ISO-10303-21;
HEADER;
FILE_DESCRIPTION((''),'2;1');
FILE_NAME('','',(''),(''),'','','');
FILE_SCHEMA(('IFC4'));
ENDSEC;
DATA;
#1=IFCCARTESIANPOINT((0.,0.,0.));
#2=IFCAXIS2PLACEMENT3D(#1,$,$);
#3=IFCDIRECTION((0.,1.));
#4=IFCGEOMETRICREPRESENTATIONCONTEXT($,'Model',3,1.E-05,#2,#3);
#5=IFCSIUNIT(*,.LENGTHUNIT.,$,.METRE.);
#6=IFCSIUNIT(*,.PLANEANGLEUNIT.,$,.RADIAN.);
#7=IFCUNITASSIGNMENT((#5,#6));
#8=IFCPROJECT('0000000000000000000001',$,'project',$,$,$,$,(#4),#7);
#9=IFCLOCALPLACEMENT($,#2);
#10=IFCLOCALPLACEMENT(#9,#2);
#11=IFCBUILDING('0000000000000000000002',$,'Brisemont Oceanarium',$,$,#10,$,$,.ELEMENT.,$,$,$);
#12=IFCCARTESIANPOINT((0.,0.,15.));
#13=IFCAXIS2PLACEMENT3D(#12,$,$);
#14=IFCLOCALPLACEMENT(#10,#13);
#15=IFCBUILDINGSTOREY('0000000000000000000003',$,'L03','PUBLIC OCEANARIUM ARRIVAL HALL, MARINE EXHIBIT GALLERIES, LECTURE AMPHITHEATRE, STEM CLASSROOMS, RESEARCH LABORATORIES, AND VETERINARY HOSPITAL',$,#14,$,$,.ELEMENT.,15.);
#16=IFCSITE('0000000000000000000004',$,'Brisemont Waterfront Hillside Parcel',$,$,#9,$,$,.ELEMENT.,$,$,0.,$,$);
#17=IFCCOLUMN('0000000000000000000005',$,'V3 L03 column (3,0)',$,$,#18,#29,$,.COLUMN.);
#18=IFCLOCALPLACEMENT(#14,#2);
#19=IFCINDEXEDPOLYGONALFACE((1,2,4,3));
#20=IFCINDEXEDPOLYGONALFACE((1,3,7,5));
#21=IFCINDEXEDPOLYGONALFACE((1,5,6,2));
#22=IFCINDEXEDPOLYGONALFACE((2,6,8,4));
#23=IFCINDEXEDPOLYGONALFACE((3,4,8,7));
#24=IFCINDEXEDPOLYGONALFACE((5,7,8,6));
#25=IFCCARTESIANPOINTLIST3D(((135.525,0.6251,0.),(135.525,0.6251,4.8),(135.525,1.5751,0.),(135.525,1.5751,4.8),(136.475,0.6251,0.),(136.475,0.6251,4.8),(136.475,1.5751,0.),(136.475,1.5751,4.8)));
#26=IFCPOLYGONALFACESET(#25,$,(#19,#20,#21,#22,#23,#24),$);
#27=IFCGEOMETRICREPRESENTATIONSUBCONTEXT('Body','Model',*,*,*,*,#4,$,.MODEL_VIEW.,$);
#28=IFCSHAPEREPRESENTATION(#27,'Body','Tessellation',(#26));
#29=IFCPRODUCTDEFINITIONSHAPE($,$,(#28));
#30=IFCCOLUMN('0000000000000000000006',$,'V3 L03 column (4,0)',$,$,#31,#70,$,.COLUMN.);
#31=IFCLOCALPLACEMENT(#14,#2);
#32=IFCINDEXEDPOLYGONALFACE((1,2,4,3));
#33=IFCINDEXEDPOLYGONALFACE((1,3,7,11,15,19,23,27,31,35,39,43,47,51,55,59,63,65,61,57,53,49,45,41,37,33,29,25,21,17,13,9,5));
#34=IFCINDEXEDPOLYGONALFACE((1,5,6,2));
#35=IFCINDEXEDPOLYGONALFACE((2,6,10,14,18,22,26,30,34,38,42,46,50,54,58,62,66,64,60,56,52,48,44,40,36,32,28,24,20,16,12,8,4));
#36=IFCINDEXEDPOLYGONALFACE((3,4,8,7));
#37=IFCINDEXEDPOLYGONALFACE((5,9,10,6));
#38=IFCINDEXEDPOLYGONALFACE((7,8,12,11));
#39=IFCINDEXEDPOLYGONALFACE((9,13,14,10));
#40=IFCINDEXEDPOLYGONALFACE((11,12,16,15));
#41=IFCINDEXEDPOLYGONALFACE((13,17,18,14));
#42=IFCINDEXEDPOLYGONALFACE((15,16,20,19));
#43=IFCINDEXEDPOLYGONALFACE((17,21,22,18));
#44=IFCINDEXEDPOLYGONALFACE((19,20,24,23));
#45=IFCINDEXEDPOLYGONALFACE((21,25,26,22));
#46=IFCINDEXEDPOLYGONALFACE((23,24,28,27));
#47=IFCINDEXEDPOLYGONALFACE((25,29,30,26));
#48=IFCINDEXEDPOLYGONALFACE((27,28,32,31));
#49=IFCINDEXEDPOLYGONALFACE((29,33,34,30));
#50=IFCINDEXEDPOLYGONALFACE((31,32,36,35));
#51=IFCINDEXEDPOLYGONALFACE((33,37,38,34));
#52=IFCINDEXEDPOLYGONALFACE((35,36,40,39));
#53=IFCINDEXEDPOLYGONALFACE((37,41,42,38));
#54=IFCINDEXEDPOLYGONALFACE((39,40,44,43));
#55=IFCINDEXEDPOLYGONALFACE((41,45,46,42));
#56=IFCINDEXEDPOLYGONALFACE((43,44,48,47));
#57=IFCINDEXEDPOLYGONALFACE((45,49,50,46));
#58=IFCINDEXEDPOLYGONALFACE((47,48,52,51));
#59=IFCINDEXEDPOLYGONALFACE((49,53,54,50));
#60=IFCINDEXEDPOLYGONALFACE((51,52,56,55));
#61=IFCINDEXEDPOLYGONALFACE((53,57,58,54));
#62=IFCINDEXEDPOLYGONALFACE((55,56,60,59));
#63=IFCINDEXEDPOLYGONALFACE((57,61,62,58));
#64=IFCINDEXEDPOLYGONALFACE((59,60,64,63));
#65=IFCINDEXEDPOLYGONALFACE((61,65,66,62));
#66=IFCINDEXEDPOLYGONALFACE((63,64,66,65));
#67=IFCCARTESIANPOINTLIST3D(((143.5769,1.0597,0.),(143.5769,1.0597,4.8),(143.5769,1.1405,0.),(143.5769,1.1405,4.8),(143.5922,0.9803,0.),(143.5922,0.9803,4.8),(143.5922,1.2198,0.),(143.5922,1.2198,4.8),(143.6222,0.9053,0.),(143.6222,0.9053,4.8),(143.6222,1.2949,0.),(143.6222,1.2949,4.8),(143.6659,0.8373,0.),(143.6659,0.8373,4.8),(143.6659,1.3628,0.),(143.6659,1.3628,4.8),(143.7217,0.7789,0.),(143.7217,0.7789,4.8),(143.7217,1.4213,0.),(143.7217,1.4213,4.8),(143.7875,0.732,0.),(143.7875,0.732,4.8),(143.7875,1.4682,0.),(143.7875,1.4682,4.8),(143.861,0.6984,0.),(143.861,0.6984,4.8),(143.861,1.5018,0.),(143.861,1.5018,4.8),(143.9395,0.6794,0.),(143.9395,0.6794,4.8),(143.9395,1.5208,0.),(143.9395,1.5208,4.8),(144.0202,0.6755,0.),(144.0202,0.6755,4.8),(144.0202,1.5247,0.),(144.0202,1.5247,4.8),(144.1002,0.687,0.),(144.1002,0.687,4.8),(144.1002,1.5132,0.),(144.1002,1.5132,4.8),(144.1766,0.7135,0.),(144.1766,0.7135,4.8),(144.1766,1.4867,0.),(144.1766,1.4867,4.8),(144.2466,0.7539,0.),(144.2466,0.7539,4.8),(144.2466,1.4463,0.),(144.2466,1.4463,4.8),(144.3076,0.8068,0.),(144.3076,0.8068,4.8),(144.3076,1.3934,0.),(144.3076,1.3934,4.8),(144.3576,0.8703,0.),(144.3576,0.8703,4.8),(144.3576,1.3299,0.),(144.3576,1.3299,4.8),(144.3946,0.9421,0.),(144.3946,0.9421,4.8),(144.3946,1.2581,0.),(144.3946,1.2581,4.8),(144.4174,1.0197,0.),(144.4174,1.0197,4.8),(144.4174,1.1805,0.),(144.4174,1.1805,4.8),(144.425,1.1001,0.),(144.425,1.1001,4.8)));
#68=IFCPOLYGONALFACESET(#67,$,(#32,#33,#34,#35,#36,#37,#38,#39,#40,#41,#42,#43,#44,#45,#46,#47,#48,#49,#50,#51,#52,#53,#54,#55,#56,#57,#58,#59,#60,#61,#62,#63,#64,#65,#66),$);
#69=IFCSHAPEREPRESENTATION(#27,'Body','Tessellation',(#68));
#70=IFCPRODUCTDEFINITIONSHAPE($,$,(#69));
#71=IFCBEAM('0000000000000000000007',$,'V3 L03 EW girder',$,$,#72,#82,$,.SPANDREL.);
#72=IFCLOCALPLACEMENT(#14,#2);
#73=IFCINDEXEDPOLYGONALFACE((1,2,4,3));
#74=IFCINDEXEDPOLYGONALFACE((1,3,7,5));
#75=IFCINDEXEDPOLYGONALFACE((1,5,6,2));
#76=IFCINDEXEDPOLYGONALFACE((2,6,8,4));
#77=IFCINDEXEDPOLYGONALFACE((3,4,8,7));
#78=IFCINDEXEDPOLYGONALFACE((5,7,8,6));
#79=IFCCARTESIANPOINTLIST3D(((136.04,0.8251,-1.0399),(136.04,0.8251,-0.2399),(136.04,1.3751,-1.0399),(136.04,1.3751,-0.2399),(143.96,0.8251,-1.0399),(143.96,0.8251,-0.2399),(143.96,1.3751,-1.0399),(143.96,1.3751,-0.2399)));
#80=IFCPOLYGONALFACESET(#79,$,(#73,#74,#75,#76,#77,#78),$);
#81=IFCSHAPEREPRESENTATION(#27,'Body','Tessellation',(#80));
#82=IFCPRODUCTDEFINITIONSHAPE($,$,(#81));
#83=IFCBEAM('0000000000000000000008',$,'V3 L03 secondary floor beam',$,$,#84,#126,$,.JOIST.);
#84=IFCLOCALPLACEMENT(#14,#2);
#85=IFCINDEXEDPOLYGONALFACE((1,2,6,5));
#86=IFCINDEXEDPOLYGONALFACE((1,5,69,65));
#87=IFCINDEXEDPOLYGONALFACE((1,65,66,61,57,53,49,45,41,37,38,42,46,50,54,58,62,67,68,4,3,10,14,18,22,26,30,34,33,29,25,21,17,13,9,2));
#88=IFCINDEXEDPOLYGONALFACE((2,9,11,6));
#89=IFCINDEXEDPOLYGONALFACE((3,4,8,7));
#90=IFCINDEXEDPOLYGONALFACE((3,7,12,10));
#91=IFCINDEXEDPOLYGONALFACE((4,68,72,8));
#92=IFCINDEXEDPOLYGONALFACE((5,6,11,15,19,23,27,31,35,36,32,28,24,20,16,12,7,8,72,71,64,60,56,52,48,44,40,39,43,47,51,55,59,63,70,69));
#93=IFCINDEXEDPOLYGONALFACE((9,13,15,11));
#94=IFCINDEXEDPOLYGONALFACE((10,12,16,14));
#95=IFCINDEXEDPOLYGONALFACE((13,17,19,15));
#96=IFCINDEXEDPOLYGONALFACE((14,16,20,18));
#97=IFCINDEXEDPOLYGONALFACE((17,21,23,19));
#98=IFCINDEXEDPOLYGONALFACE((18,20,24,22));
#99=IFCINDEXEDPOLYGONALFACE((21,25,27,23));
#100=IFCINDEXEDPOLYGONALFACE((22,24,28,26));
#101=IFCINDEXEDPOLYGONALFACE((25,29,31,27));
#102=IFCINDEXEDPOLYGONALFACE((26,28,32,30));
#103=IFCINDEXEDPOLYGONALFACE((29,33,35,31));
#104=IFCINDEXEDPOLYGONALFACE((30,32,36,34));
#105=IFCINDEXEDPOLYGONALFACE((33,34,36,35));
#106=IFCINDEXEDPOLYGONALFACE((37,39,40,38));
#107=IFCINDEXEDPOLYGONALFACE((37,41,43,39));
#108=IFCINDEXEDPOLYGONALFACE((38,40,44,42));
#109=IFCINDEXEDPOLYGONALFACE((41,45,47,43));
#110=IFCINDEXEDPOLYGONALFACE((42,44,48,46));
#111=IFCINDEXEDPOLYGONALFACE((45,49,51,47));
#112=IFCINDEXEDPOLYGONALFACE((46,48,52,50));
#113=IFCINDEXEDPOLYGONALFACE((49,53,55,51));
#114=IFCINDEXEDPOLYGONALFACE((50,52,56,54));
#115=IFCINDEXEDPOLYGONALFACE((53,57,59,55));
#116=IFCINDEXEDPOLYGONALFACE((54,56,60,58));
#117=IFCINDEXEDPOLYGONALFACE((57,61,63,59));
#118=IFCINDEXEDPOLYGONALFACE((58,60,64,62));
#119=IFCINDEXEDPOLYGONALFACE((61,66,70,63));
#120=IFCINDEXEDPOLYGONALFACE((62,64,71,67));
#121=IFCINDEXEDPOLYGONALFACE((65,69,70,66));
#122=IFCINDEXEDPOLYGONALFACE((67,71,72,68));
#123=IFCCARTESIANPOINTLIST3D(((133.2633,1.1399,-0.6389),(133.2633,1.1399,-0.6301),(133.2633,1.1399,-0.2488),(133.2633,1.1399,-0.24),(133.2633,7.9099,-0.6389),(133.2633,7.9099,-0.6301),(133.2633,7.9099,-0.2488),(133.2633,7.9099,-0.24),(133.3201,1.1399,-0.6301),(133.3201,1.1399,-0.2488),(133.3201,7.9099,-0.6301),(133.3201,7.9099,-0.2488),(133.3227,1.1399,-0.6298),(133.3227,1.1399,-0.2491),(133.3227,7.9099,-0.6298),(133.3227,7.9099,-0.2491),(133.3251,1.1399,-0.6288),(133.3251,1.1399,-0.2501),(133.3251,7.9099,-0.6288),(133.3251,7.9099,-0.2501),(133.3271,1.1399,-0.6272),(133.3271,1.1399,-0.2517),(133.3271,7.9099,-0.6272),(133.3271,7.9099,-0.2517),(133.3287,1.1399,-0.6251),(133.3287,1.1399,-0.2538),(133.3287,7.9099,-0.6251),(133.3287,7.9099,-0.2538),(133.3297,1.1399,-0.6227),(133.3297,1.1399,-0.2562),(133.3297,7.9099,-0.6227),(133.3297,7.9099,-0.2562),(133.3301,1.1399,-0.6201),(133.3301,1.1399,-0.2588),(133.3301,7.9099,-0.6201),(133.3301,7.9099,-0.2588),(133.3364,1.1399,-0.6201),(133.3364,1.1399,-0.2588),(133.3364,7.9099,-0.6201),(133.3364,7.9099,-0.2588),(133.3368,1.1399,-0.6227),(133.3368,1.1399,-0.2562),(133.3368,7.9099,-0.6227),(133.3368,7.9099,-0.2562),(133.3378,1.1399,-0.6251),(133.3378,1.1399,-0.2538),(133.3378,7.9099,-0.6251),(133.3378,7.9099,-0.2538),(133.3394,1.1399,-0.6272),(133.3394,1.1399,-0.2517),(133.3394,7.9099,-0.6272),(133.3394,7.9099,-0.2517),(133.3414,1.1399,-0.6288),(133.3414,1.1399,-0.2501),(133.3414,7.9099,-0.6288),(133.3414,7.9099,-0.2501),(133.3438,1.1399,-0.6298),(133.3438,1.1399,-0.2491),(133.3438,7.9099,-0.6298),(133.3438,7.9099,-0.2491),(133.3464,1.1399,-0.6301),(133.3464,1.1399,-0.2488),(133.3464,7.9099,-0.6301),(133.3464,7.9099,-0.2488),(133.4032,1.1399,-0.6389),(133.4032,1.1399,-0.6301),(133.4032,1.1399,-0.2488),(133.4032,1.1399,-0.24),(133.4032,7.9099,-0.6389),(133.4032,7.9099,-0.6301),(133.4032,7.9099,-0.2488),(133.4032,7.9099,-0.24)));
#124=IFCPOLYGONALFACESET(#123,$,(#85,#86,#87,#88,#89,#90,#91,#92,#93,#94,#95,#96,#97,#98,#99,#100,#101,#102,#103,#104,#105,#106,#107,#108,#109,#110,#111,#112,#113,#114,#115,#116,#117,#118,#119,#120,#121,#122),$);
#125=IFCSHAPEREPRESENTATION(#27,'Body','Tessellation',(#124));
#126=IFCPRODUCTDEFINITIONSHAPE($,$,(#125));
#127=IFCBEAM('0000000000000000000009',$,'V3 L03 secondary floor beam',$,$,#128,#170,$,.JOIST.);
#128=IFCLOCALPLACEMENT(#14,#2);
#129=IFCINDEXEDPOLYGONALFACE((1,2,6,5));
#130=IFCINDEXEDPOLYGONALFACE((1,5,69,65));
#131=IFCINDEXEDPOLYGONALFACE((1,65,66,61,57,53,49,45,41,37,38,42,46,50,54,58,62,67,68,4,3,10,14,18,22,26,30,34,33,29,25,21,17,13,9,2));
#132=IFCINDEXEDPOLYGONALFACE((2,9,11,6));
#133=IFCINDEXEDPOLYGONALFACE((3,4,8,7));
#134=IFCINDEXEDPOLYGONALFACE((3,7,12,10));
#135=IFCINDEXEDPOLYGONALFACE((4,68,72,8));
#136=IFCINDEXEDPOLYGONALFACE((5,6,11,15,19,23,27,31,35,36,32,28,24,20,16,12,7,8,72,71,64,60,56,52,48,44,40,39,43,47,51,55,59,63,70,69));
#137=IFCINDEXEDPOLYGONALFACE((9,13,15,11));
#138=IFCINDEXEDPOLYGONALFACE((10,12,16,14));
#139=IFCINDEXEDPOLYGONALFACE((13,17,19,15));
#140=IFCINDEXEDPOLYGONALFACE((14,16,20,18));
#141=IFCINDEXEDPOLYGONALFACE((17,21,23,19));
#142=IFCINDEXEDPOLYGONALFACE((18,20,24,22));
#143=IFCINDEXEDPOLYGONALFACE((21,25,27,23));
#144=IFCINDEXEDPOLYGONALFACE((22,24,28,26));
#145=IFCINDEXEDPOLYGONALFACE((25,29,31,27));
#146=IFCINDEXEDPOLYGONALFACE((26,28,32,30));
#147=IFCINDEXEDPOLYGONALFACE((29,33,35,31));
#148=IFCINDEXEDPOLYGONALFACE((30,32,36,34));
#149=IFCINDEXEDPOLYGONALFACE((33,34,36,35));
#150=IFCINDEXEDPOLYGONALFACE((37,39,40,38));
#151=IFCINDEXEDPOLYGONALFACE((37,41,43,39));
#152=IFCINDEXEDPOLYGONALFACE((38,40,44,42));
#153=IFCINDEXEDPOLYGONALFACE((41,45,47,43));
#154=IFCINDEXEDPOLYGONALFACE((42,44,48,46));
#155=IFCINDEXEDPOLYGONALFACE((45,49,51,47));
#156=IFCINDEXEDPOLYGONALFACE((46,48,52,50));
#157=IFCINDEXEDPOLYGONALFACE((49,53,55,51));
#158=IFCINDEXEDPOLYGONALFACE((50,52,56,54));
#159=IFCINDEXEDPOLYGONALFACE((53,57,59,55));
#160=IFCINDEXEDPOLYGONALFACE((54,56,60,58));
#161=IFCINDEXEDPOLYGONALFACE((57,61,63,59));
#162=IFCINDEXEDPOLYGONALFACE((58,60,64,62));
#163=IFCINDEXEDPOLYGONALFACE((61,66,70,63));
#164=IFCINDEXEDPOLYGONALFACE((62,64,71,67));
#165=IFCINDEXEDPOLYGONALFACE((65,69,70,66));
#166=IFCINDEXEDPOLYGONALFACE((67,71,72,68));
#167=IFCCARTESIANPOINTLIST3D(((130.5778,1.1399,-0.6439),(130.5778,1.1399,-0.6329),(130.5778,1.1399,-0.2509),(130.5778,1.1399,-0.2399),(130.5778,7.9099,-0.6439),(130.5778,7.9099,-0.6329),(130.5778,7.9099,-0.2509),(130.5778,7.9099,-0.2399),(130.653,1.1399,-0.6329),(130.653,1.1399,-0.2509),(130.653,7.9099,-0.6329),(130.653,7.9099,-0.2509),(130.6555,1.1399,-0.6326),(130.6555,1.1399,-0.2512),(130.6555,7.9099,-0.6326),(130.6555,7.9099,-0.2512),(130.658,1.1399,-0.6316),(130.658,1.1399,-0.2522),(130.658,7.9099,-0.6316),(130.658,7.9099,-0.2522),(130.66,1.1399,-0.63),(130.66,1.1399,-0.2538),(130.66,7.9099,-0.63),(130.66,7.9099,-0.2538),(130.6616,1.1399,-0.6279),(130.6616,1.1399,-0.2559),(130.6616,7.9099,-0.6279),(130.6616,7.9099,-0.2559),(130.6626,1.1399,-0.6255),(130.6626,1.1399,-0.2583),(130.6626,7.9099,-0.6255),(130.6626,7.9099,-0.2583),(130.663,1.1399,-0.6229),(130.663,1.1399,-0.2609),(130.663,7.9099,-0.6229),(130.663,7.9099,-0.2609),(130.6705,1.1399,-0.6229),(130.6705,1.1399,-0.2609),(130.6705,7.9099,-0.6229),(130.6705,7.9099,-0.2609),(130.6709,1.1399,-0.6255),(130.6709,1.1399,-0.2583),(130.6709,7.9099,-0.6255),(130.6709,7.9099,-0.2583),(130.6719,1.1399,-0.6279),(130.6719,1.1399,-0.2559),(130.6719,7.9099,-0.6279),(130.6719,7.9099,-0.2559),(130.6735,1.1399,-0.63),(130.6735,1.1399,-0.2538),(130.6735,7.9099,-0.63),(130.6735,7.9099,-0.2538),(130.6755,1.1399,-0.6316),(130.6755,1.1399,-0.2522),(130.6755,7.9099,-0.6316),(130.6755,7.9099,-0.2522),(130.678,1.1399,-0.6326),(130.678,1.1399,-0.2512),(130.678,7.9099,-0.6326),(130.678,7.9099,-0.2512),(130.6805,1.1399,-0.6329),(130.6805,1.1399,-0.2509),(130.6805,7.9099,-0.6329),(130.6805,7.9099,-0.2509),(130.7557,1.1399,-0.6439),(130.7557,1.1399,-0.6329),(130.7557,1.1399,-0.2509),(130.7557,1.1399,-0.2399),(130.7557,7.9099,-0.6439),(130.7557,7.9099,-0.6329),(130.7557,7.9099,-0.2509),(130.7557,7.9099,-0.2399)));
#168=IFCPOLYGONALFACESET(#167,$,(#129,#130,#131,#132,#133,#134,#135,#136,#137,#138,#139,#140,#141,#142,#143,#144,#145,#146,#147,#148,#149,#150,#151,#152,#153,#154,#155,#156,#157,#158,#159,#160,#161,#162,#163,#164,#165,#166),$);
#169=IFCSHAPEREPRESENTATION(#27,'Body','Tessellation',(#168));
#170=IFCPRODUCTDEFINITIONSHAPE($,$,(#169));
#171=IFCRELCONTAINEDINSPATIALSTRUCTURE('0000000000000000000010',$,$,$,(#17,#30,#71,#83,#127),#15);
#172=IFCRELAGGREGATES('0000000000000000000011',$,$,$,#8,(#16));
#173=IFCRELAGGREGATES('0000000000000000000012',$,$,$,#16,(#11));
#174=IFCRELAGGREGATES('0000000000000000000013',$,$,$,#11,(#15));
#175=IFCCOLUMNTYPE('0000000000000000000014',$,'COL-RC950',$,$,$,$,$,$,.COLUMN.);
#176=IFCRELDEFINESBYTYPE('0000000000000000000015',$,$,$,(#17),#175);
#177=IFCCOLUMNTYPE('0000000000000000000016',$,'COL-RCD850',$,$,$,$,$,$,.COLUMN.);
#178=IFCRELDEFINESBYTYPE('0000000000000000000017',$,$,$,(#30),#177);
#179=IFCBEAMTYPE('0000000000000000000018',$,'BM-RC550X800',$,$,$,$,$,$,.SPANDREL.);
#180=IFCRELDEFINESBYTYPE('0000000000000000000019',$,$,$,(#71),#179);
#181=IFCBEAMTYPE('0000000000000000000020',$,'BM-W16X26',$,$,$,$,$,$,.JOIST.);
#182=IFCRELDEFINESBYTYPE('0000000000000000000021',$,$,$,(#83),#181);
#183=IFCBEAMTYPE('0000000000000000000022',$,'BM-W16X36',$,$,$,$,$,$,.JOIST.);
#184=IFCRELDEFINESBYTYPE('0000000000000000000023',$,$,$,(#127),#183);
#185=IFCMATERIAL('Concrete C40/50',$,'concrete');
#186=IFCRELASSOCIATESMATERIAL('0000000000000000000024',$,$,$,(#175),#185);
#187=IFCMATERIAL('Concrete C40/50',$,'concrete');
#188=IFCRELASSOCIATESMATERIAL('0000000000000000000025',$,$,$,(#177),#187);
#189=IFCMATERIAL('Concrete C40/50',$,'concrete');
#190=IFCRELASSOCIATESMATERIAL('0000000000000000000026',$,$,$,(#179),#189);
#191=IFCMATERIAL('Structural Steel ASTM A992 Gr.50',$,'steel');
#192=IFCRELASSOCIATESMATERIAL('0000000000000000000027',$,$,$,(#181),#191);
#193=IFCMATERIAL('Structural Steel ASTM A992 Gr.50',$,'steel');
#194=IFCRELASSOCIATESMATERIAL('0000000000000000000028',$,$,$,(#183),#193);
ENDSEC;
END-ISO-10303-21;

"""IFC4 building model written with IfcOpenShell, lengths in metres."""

from ifc_helpers import new_model, si_unit, direction, frame, origin, origin_2d, place, context, subcontext, project, spatial, rectangle, circle, i_section, extrude, material, material_profile, profile_set, type_object, element, save


model = new_model("IFC4")

# Units and contexts
model_context = context("Model", 3, precision=1e-05, world=origin(), true_north=direction((0.0, 1.0)))
body_context = subcontext(model_context, "Body", "Model", "MODEL_VIEW")
ifc_project = project(units=[si_unit("LENGTHUNIT", "METRE"), si_unit("PLANEANGLEUNIT", "RADIAN")], contexts=[model_context])

# Site, building, storey
site_placement = place(None, origin())
site = spatial("IfcSite", under=ifc_project, at=site_placement, Name="Brisemont Waterfront Hillside Parcel", CompositionType="ELEMENT", RefElevation=0.0)
building_placement = place(site_placement, origin())
building = spatial("IfcBuilding", under=site, at=building_placement, Name="Brisemont Oceanarium", CompositionType="ELEMENT")
storey_placement = place(building_placement, frame((0.0, 0.0, 15.0)))
storey = spatial("IfcBuildingStorey", under=building, at=storey_placement, Name="L03", Description="PUBLIC OCEANARIUM ARRIVAL HALL, MARINE EXHIBIT GALLERIES, LECTURE AMPHITHEATRE, STEM CLASSROOMS, RESEARCH LABORATORIES, AND VETERINARY HOSPITAL", CompositionType="ELEMENT", Elevation=15.0)

# Columns
ifc_material_1 = material(Name="Concrete C40/50", Category="concrete")
ifc_material_profile_1 = material_profile(ifc_material_1, rectangle(XDim=0.95, YDim=0.95, at=origin_2d()), Name="RC-COL-950X950")
ifc_profile_set_1 = profile_set([ifc_material_profile_1], Name="Concrete C40/50")
column_type_1 = type_object("IfcColumnType", Name="COL-RC950", PredefinedType="COLUMN", material=ifc_profile_set_1)
column_1_placement = place(storey_placement, frame((136.0, 1.1001, 0.0), z_axis=(0.0, 0.0, 1.0), x_axis=(0.0, 1.0, 0.0)))
element("IfcColumn", 1, at=column_1_placement, inside=storey, type_object=column_type_1, Name="V3 L03 column (3,0)", PredefinedType="COLUMN", context=body_context, shape_type="SweptSolid", body=[
    extrude(rectangle(XDim=0.95, YDim=0.95, at=origin_2d()), origin(), (0.0, 0.0, 1.0), 4.8),
])
ifc_material_2 = material(Name="Concrete C40/50", Category="concrete")
ifc_material_profile_2 = material_profile(ifc_material_2, circle(Radius=0.425, at=origin_2d()), Name="RC-COL-D850")
ifc_profile_set_2 = profile_set([ifc_material_profile_2], Name="Concrete C40/50")
column_type_2 = type_object("IfcColumnType", Name="COL-RCD850", PredefinedType="COLUMN", material=ifc_profile_set_2)
column_2_placement = place(storey_placement, frame((144.0, 1.1001, 0.0), z_axis=(0.0, 0.0, 1.0), x_axis=(1.0, 0.0, 0.0)))
element("IfcColumn", 2, at=column_2_placement, inside=storey, type_object=column_type_2, Name="V3 L03 column (4,0)", PredefinedType="COLUMN", context=body_context, shape_type="SweptSolid", body=[
    extrude(circle(Radius=0.425, at=origin_2d()), origin(), (0.0, 0.0, 1.0), 4.8),
])

# Beams
ifc_material_3 = material(Name="Concrete C40/50", Category="concrete")
ifc_material_profile_3 = material_profile(ifc_material_3, rectangle(XDim=0.55, YDim=0.8, at=origin_2d()), Name="RC-BM-550X800")
ifc_profile_set_3 = profile_set([ifc_material_profile_3], Name="Concrete C40/50")
beam_type_1 = type_object("IfcBeamType", Name="BM-RC550X800", PredefinedType="SPANDREL", material=ifc_profile_set_3)
beam_1_placement = place(storey_placement, frame((136.04, 1.1001, -0.6399), z_axis=(1.0, 0.0, 0.0), x_axis=(0.0, 1.0, 0.0)))
element("IfcBeam", 3, at=beam_1_placement, inside=storey, type_object=beam_type_1, Name="V3 L03 EW girder", PredefinedType="SPANDREL", context=body_context, shape_type="SweptSolid", body=[
    extrude(rectangle(XDim=0.55, YDim=0.8, at=origin_2d()), origin(), (0.0, 0.0, 1.0), 7.9199),
])
ifc_material_4 = material(Name="Structural Steel ASTM A992 Gr.50", Category="steel")
ifc_material_profile_4 = material_profile(ifc_material_4, i_section(OverallWidth=0.1399, OverallDepth=0.3989, WebThickness=0.0063, FlangeThickness=0.0088, FilletRadius=0.01, at=origin_2d()), Name="W16X26")
ifc_profile_set_4 = profile_set([ifc_material_profile_4], Name="Structural Steel ASTM A992 Gr.50")
beam_type_2 = type_object("IfcBeamType", Name="BM-W16X26", PredefinedType="JOIST", material=ifc_profile_set_4)
beam_2_placement = place(storey_placement, frame((133.3333, 1.1399, -0.4395), z_axis=(0.0, 1.0, 0.0), x_axis=(-1.0, 0.0, 0.0)))
element("IfcBeam", 4, at=beam_2_placement, inside=storey, type_object=beam_type_2, Name="V3 L03 secondary floor beam", PredefinedType="JOIST", context=body_context, shape_type="SweptSolid", body=[
    extrude(i_section(OverallWidth=0.1399, OverallDepth=0.3989, WebThickness=0.0063, FlangeThickness=0.0088, FilletRadius=0.01, at=origin_2d()), origin(), (0.0, 0.0, 1.0), 6.77),
])
ifc_material_5 = material(Name="Structural Steel ASTM A992 Gr.50", Category="steel")
ifc_material_profile_5 = material_profile(ifc_material_5, i_section(OverallWidth=0.178, OverallDepth=0.4041, WebThickness=0.0076, FlangeThickness=0.011, FilletRadius=0.01, at=origin_2d()), Name="W16X36")
ifc_profile_set_5 = profile_set([ifc_material_profile_5], Name="Structural Steel ASTM A992 Gr.50")
beam_type_3 = type_object("IfcBeamType", Name="BM-W16X36", PredefinedType="JOIST", material=ifc_profile_set_5)
beam_3_placement = place(storey_placement, frame((130.6667, 1.1399, -0.4419), z_axis=(0.0, 1.0, 0.0), x_axis=(-1.0, 0.0, 0.0)))
element("IfcBeam", 5, at=beam_3_placement, inside=storey, type_object=beam_type_3, Name="V3 L03 secondary floor beam", PredefinedType="JOIST", context=body_context, shape_type="SweptSolid", body=[
    extrude(i_section(OverallWidth=0.178, OverallDepth=0.4041, WebThickness=0.0076, FlangeThickness=0.011, FilletRadius=0.01, at=origin_2d()), origin(), (0.0, 0.0, 1.0), 6.77),
])

save(model, "model.ifc")
